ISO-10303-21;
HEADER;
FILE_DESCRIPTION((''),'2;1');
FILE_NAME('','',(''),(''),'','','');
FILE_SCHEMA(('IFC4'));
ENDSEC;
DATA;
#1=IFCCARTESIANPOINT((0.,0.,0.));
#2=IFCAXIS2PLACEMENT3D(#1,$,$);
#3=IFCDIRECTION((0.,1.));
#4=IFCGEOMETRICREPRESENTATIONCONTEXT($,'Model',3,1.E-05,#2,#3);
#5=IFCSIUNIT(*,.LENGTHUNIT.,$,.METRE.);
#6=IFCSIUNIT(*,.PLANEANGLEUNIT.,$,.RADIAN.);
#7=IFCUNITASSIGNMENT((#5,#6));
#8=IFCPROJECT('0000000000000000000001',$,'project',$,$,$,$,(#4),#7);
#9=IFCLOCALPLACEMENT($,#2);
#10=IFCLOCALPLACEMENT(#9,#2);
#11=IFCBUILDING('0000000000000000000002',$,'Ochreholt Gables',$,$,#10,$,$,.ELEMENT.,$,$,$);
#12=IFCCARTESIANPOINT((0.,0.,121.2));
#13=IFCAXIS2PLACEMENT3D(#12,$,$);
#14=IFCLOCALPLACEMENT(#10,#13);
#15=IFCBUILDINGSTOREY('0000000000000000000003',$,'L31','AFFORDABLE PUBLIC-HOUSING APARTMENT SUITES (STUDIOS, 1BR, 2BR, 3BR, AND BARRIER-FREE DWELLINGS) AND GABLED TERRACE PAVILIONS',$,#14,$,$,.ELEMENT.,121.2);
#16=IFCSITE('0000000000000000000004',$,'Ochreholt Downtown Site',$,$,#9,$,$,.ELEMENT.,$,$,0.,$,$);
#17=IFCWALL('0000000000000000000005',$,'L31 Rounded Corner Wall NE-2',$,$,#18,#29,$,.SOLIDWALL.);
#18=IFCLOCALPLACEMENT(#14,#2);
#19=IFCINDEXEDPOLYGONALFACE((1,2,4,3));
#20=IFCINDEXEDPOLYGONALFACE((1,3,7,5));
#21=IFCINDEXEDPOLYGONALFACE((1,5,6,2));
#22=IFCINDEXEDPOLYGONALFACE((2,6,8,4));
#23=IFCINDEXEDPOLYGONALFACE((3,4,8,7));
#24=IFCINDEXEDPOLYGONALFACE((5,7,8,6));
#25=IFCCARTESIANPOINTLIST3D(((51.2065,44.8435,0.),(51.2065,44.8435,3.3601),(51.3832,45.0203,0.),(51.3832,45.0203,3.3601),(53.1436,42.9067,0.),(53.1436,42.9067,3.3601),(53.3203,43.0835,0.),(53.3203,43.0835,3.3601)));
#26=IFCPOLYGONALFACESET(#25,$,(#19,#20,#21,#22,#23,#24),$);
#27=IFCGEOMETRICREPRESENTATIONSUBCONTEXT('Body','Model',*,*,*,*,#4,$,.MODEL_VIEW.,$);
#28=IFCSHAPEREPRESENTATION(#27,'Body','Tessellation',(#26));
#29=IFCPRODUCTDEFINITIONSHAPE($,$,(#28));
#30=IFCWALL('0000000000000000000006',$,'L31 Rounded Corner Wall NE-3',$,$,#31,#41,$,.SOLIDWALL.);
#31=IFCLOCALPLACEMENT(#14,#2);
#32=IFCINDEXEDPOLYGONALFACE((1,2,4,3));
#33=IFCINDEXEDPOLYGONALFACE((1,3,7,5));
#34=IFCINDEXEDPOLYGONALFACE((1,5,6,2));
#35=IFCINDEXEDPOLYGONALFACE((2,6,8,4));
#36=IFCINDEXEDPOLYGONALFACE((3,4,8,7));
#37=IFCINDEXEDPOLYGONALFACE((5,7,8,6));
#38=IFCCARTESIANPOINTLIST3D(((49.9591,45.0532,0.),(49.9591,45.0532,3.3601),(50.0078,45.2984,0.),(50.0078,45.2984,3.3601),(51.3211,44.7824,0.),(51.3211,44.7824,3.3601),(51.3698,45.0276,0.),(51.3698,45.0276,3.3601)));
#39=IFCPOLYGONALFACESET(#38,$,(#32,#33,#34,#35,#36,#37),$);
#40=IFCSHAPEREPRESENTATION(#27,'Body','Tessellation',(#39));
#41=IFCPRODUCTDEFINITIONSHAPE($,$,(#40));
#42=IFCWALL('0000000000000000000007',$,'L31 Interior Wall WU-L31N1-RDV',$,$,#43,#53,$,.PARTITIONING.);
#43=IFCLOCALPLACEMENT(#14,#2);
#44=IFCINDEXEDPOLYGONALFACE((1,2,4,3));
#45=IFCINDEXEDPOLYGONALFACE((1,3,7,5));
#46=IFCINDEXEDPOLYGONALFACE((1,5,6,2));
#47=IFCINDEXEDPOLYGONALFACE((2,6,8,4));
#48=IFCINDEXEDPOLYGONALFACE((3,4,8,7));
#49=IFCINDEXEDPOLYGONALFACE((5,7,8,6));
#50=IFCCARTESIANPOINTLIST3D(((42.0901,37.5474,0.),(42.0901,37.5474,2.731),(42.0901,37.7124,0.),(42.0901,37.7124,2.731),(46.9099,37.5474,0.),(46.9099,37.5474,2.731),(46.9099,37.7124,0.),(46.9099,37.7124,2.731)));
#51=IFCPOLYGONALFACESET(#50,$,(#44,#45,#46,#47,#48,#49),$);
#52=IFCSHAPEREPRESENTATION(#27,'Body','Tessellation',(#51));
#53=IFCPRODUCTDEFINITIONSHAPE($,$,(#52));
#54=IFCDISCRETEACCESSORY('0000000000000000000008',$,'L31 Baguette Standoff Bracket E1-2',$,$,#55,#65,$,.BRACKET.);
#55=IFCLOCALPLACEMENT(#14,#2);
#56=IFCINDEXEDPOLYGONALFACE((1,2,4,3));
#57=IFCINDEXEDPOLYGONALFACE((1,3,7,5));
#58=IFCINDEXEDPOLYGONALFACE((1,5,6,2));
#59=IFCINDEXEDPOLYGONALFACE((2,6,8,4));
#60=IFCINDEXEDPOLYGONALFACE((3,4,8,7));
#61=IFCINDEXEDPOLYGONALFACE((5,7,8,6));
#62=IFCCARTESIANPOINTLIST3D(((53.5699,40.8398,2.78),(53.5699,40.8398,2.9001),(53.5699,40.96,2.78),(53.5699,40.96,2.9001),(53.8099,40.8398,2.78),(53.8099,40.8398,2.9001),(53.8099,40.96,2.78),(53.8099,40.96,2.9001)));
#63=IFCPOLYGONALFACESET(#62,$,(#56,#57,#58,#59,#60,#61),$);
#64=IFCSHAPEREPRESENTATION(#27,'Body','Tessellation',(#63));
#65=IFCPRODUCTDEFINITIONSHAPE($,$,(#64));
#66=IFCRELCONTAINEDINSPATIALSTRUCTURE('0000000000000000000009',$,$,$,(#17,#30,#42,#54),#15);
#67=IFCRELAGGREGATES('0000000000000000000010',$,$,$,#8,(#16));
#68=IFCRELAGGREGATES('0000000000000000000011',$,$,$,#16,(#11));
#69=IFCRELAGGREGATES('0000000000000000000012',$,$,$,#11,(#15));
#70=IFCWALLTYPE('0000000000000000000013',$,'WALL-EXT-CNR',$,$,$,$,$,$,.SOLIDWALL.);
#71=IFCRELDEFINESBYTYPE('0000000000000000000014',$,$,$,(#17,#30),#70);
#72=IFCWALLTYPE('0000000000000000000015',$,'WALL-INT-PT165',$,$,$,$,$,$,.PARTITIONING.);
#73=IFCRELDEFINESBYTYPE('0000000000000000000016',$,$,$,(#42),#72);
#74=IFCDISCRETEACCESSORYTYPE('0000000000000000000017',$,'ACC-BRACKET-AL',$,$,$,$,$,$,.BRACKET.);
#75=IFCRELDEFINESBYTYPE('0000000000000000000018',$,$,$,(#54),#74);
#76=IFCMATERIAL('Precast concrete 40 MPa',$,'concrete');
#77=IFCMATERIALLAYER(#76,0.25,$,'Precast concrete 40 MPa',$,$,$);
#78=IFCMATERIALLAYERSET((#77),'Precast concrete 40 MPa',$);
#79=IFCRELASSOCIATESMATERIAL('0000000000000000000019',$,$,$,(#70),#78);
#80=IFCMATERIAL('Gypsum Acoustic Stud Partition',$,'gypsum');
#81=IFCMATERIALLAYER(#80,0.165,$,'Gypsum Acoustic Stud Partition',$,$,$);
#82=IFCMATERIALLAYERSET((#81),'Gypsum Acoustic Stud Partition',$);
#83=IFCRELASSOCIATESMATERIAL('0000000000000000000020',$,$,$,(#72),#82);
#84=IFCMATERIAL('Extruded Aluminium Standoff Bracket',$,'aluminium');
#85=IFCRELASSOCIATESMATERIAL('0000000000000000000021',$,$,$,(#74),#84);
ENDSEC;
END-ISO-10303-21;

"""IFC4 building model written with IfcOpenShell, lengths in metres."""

from ifc_helpers import new_model, si_unit, direction, frame, frame_2d, origin, origin_2d, place, context, subcontext, project, spatial, rectangle, extrude, material, layer, layer_set, type_object, element, save


model = new_model("IFC4")

# Units and contexts
model_context = context("Model", 3, precision=1e-05, world=origin(), true_north=direction((0.0, 1.0)))
body_context = subcontext(model_context, "Body", "Model", "MODEL_VIEW")
ifc_project = project(units=[si_unit("LENGTHUNIT", "METRE"), si_unit("PLANEANGLEUNIT", "RADIAN")], contexts=[model_context])

# Site, building, storey
site_placement = place(None, origin())
site = spatial("IfcSite", under=ifc_project, at=site_placement, Name="Ochreholt Downtown Site", CompositionType="ELEMENT", RefElevation=0.0)
building_placement = place(site_placement, origin())
building = spatial("IfcBuilding", under=site, at=building_placement, Name="Ochreholt Gables", CompositionType="ELEMENT")
storey_placement = place(building_placement, frame((0.0, 0.0, 121.2)))
storey = spatial("IfcBuildingStorey", under=building, at=storey_placement, Name="L31", Description="AFFORDABLE PUBLIC-HOUSING APARTMENT SUITES (STUDIOS, 1BR, 2BR, 3BR, AND BARRIER-FREE DWELLINGS) AND GABLED TERRACE PAVILIONS", CompositionType="ELEMENT", Elevation=121.2)

# Shared definitions
ifc_material_1 = material(Name="Precast concrete 40 MPa", Category="concrete")

# Walls
ifc_layer_1 = layer(ifc_material_1, 0.25, Name="Precast concrete 40 MPa")
ifc_layer_set_1 = layer_set([ifc_layer_1], Name="Precast concrete 40 MPa")
wall_type_1 = type_object("IfcWallType", Name="WALL-EXT-CNR", PredefinedType="SOLIDWALL", material=ifc_layer_set_1)
wall_1_placement = place(storey_placement, frame((53.2319, 42.9951, 0.0), z_axis=(0.0, 0.0, 1.0), x_axis=(-0.707151, 0.707062, 0.0)))
element("IfcWall", 1, at=wall_1_placement, inside=storey, type_object=wall_type_1, Name="L31 Rounded Corner Wall NE-2", PredefinedType="SOLIDWALL", context=body_context, shape_type="SweptSolid", body=[
    extrude(rectangle(XDim=2.7393, YDim=0.25, at=frame_2d((1.3696, 0.0))), origin(), (0.0, 0.0, 1.0), 3.3601),
])
wall_2_placement = place(storey_placement, frame((51.3455, 44.905, 0.0), z_axis=(0.0, 0.0, 1.0), x_axis=(-0.98081, 0.194967, 0.0)))
element("IfcWall", 2, at=wall_2_placement, inside=storey, type_object=wall_type_1, Name="L31 Rounded Corner Wall NE-3", PredefinedType="SOLIDWALL", context=body_context, shape_type="SweptSolid", body=[
    extrude(rectangle(XDim=1.3887, YDim=0.25, at=frame_2d((0.6943, 0.0))), origin(), (0.0, 0.0, 1.0), 3.3601),
])
ifc_material_2 = material(Name="Gypsum Acoustic Stud Partition", Category="gypsum")
ifc_layer_2 = layer(ifc_material_2, 0.165, Name="Gypsum Acoustic Stud Partition")
ifc_layer_set_2 = layer_set([ifc_layer_2], Name="Gypsum Acoustic Stud Partition")
wall_type_2 = type_object("IfcWallType", Name="WALL-INT-PT165", PredefinedType="PARTITIONING", material=ifc_layer_set_2)
wall_3_placement = place(storey_placement, frame((42.0901, 37.6299, 0.0), z_axis=(0.0, 0.0, 1.0), x_axis=(1.0, 0.0, 0.0)))
element("IfcWall", 3, at=wall_3_placement, inside=storey, type_object=wall_type_2, Name="L31 Interior Wall WU-L31N1-RDV", PredefinedType="PARTITIONING", context=body_context, shape_type="SweptSolid", body=[
    extrude(rectangle(XDim=4.8198, YDim=0.165, at=frame_2d((2.4099, 0.0))), origin(), (0.0, 0.0, 1.0), 2.731),
])

# Discrete accessory
ifc_material_3 = material(Name="Extruded Aluminium Standoff Bracket", Category="aluminium")
discrete_accessory_type = type_object("IfcDiscreteAccessoryType", Name="ACC-BRACKET-AL", PredefinedType="BRACKET", material=ifc_material_3)
discrete_accessory_placement = place(storey_placement, frame((53.6899, 40.8999, 2.78), z_axis=(0.0, 0.0, 1.0), x_axis=(0.0, 1.0, 0.0)))
element("IfcDiscreteAccessory", 4, at=discrete_accessory_placement, inside=storey, type_object=discrete_accessory_type, Name="L31 Baguette Standoff Bracket E1-2", PredefinedType="BRACKET", context=body_context, shape_type="SweptSolid", body=[
    extrude(rectangle(XDim=0.1201, YDim=0.24, at=origin_2d()), origin(), (0.0, 0.0, 1.0), 0.1201),
])

save(model, "model.ifc")
